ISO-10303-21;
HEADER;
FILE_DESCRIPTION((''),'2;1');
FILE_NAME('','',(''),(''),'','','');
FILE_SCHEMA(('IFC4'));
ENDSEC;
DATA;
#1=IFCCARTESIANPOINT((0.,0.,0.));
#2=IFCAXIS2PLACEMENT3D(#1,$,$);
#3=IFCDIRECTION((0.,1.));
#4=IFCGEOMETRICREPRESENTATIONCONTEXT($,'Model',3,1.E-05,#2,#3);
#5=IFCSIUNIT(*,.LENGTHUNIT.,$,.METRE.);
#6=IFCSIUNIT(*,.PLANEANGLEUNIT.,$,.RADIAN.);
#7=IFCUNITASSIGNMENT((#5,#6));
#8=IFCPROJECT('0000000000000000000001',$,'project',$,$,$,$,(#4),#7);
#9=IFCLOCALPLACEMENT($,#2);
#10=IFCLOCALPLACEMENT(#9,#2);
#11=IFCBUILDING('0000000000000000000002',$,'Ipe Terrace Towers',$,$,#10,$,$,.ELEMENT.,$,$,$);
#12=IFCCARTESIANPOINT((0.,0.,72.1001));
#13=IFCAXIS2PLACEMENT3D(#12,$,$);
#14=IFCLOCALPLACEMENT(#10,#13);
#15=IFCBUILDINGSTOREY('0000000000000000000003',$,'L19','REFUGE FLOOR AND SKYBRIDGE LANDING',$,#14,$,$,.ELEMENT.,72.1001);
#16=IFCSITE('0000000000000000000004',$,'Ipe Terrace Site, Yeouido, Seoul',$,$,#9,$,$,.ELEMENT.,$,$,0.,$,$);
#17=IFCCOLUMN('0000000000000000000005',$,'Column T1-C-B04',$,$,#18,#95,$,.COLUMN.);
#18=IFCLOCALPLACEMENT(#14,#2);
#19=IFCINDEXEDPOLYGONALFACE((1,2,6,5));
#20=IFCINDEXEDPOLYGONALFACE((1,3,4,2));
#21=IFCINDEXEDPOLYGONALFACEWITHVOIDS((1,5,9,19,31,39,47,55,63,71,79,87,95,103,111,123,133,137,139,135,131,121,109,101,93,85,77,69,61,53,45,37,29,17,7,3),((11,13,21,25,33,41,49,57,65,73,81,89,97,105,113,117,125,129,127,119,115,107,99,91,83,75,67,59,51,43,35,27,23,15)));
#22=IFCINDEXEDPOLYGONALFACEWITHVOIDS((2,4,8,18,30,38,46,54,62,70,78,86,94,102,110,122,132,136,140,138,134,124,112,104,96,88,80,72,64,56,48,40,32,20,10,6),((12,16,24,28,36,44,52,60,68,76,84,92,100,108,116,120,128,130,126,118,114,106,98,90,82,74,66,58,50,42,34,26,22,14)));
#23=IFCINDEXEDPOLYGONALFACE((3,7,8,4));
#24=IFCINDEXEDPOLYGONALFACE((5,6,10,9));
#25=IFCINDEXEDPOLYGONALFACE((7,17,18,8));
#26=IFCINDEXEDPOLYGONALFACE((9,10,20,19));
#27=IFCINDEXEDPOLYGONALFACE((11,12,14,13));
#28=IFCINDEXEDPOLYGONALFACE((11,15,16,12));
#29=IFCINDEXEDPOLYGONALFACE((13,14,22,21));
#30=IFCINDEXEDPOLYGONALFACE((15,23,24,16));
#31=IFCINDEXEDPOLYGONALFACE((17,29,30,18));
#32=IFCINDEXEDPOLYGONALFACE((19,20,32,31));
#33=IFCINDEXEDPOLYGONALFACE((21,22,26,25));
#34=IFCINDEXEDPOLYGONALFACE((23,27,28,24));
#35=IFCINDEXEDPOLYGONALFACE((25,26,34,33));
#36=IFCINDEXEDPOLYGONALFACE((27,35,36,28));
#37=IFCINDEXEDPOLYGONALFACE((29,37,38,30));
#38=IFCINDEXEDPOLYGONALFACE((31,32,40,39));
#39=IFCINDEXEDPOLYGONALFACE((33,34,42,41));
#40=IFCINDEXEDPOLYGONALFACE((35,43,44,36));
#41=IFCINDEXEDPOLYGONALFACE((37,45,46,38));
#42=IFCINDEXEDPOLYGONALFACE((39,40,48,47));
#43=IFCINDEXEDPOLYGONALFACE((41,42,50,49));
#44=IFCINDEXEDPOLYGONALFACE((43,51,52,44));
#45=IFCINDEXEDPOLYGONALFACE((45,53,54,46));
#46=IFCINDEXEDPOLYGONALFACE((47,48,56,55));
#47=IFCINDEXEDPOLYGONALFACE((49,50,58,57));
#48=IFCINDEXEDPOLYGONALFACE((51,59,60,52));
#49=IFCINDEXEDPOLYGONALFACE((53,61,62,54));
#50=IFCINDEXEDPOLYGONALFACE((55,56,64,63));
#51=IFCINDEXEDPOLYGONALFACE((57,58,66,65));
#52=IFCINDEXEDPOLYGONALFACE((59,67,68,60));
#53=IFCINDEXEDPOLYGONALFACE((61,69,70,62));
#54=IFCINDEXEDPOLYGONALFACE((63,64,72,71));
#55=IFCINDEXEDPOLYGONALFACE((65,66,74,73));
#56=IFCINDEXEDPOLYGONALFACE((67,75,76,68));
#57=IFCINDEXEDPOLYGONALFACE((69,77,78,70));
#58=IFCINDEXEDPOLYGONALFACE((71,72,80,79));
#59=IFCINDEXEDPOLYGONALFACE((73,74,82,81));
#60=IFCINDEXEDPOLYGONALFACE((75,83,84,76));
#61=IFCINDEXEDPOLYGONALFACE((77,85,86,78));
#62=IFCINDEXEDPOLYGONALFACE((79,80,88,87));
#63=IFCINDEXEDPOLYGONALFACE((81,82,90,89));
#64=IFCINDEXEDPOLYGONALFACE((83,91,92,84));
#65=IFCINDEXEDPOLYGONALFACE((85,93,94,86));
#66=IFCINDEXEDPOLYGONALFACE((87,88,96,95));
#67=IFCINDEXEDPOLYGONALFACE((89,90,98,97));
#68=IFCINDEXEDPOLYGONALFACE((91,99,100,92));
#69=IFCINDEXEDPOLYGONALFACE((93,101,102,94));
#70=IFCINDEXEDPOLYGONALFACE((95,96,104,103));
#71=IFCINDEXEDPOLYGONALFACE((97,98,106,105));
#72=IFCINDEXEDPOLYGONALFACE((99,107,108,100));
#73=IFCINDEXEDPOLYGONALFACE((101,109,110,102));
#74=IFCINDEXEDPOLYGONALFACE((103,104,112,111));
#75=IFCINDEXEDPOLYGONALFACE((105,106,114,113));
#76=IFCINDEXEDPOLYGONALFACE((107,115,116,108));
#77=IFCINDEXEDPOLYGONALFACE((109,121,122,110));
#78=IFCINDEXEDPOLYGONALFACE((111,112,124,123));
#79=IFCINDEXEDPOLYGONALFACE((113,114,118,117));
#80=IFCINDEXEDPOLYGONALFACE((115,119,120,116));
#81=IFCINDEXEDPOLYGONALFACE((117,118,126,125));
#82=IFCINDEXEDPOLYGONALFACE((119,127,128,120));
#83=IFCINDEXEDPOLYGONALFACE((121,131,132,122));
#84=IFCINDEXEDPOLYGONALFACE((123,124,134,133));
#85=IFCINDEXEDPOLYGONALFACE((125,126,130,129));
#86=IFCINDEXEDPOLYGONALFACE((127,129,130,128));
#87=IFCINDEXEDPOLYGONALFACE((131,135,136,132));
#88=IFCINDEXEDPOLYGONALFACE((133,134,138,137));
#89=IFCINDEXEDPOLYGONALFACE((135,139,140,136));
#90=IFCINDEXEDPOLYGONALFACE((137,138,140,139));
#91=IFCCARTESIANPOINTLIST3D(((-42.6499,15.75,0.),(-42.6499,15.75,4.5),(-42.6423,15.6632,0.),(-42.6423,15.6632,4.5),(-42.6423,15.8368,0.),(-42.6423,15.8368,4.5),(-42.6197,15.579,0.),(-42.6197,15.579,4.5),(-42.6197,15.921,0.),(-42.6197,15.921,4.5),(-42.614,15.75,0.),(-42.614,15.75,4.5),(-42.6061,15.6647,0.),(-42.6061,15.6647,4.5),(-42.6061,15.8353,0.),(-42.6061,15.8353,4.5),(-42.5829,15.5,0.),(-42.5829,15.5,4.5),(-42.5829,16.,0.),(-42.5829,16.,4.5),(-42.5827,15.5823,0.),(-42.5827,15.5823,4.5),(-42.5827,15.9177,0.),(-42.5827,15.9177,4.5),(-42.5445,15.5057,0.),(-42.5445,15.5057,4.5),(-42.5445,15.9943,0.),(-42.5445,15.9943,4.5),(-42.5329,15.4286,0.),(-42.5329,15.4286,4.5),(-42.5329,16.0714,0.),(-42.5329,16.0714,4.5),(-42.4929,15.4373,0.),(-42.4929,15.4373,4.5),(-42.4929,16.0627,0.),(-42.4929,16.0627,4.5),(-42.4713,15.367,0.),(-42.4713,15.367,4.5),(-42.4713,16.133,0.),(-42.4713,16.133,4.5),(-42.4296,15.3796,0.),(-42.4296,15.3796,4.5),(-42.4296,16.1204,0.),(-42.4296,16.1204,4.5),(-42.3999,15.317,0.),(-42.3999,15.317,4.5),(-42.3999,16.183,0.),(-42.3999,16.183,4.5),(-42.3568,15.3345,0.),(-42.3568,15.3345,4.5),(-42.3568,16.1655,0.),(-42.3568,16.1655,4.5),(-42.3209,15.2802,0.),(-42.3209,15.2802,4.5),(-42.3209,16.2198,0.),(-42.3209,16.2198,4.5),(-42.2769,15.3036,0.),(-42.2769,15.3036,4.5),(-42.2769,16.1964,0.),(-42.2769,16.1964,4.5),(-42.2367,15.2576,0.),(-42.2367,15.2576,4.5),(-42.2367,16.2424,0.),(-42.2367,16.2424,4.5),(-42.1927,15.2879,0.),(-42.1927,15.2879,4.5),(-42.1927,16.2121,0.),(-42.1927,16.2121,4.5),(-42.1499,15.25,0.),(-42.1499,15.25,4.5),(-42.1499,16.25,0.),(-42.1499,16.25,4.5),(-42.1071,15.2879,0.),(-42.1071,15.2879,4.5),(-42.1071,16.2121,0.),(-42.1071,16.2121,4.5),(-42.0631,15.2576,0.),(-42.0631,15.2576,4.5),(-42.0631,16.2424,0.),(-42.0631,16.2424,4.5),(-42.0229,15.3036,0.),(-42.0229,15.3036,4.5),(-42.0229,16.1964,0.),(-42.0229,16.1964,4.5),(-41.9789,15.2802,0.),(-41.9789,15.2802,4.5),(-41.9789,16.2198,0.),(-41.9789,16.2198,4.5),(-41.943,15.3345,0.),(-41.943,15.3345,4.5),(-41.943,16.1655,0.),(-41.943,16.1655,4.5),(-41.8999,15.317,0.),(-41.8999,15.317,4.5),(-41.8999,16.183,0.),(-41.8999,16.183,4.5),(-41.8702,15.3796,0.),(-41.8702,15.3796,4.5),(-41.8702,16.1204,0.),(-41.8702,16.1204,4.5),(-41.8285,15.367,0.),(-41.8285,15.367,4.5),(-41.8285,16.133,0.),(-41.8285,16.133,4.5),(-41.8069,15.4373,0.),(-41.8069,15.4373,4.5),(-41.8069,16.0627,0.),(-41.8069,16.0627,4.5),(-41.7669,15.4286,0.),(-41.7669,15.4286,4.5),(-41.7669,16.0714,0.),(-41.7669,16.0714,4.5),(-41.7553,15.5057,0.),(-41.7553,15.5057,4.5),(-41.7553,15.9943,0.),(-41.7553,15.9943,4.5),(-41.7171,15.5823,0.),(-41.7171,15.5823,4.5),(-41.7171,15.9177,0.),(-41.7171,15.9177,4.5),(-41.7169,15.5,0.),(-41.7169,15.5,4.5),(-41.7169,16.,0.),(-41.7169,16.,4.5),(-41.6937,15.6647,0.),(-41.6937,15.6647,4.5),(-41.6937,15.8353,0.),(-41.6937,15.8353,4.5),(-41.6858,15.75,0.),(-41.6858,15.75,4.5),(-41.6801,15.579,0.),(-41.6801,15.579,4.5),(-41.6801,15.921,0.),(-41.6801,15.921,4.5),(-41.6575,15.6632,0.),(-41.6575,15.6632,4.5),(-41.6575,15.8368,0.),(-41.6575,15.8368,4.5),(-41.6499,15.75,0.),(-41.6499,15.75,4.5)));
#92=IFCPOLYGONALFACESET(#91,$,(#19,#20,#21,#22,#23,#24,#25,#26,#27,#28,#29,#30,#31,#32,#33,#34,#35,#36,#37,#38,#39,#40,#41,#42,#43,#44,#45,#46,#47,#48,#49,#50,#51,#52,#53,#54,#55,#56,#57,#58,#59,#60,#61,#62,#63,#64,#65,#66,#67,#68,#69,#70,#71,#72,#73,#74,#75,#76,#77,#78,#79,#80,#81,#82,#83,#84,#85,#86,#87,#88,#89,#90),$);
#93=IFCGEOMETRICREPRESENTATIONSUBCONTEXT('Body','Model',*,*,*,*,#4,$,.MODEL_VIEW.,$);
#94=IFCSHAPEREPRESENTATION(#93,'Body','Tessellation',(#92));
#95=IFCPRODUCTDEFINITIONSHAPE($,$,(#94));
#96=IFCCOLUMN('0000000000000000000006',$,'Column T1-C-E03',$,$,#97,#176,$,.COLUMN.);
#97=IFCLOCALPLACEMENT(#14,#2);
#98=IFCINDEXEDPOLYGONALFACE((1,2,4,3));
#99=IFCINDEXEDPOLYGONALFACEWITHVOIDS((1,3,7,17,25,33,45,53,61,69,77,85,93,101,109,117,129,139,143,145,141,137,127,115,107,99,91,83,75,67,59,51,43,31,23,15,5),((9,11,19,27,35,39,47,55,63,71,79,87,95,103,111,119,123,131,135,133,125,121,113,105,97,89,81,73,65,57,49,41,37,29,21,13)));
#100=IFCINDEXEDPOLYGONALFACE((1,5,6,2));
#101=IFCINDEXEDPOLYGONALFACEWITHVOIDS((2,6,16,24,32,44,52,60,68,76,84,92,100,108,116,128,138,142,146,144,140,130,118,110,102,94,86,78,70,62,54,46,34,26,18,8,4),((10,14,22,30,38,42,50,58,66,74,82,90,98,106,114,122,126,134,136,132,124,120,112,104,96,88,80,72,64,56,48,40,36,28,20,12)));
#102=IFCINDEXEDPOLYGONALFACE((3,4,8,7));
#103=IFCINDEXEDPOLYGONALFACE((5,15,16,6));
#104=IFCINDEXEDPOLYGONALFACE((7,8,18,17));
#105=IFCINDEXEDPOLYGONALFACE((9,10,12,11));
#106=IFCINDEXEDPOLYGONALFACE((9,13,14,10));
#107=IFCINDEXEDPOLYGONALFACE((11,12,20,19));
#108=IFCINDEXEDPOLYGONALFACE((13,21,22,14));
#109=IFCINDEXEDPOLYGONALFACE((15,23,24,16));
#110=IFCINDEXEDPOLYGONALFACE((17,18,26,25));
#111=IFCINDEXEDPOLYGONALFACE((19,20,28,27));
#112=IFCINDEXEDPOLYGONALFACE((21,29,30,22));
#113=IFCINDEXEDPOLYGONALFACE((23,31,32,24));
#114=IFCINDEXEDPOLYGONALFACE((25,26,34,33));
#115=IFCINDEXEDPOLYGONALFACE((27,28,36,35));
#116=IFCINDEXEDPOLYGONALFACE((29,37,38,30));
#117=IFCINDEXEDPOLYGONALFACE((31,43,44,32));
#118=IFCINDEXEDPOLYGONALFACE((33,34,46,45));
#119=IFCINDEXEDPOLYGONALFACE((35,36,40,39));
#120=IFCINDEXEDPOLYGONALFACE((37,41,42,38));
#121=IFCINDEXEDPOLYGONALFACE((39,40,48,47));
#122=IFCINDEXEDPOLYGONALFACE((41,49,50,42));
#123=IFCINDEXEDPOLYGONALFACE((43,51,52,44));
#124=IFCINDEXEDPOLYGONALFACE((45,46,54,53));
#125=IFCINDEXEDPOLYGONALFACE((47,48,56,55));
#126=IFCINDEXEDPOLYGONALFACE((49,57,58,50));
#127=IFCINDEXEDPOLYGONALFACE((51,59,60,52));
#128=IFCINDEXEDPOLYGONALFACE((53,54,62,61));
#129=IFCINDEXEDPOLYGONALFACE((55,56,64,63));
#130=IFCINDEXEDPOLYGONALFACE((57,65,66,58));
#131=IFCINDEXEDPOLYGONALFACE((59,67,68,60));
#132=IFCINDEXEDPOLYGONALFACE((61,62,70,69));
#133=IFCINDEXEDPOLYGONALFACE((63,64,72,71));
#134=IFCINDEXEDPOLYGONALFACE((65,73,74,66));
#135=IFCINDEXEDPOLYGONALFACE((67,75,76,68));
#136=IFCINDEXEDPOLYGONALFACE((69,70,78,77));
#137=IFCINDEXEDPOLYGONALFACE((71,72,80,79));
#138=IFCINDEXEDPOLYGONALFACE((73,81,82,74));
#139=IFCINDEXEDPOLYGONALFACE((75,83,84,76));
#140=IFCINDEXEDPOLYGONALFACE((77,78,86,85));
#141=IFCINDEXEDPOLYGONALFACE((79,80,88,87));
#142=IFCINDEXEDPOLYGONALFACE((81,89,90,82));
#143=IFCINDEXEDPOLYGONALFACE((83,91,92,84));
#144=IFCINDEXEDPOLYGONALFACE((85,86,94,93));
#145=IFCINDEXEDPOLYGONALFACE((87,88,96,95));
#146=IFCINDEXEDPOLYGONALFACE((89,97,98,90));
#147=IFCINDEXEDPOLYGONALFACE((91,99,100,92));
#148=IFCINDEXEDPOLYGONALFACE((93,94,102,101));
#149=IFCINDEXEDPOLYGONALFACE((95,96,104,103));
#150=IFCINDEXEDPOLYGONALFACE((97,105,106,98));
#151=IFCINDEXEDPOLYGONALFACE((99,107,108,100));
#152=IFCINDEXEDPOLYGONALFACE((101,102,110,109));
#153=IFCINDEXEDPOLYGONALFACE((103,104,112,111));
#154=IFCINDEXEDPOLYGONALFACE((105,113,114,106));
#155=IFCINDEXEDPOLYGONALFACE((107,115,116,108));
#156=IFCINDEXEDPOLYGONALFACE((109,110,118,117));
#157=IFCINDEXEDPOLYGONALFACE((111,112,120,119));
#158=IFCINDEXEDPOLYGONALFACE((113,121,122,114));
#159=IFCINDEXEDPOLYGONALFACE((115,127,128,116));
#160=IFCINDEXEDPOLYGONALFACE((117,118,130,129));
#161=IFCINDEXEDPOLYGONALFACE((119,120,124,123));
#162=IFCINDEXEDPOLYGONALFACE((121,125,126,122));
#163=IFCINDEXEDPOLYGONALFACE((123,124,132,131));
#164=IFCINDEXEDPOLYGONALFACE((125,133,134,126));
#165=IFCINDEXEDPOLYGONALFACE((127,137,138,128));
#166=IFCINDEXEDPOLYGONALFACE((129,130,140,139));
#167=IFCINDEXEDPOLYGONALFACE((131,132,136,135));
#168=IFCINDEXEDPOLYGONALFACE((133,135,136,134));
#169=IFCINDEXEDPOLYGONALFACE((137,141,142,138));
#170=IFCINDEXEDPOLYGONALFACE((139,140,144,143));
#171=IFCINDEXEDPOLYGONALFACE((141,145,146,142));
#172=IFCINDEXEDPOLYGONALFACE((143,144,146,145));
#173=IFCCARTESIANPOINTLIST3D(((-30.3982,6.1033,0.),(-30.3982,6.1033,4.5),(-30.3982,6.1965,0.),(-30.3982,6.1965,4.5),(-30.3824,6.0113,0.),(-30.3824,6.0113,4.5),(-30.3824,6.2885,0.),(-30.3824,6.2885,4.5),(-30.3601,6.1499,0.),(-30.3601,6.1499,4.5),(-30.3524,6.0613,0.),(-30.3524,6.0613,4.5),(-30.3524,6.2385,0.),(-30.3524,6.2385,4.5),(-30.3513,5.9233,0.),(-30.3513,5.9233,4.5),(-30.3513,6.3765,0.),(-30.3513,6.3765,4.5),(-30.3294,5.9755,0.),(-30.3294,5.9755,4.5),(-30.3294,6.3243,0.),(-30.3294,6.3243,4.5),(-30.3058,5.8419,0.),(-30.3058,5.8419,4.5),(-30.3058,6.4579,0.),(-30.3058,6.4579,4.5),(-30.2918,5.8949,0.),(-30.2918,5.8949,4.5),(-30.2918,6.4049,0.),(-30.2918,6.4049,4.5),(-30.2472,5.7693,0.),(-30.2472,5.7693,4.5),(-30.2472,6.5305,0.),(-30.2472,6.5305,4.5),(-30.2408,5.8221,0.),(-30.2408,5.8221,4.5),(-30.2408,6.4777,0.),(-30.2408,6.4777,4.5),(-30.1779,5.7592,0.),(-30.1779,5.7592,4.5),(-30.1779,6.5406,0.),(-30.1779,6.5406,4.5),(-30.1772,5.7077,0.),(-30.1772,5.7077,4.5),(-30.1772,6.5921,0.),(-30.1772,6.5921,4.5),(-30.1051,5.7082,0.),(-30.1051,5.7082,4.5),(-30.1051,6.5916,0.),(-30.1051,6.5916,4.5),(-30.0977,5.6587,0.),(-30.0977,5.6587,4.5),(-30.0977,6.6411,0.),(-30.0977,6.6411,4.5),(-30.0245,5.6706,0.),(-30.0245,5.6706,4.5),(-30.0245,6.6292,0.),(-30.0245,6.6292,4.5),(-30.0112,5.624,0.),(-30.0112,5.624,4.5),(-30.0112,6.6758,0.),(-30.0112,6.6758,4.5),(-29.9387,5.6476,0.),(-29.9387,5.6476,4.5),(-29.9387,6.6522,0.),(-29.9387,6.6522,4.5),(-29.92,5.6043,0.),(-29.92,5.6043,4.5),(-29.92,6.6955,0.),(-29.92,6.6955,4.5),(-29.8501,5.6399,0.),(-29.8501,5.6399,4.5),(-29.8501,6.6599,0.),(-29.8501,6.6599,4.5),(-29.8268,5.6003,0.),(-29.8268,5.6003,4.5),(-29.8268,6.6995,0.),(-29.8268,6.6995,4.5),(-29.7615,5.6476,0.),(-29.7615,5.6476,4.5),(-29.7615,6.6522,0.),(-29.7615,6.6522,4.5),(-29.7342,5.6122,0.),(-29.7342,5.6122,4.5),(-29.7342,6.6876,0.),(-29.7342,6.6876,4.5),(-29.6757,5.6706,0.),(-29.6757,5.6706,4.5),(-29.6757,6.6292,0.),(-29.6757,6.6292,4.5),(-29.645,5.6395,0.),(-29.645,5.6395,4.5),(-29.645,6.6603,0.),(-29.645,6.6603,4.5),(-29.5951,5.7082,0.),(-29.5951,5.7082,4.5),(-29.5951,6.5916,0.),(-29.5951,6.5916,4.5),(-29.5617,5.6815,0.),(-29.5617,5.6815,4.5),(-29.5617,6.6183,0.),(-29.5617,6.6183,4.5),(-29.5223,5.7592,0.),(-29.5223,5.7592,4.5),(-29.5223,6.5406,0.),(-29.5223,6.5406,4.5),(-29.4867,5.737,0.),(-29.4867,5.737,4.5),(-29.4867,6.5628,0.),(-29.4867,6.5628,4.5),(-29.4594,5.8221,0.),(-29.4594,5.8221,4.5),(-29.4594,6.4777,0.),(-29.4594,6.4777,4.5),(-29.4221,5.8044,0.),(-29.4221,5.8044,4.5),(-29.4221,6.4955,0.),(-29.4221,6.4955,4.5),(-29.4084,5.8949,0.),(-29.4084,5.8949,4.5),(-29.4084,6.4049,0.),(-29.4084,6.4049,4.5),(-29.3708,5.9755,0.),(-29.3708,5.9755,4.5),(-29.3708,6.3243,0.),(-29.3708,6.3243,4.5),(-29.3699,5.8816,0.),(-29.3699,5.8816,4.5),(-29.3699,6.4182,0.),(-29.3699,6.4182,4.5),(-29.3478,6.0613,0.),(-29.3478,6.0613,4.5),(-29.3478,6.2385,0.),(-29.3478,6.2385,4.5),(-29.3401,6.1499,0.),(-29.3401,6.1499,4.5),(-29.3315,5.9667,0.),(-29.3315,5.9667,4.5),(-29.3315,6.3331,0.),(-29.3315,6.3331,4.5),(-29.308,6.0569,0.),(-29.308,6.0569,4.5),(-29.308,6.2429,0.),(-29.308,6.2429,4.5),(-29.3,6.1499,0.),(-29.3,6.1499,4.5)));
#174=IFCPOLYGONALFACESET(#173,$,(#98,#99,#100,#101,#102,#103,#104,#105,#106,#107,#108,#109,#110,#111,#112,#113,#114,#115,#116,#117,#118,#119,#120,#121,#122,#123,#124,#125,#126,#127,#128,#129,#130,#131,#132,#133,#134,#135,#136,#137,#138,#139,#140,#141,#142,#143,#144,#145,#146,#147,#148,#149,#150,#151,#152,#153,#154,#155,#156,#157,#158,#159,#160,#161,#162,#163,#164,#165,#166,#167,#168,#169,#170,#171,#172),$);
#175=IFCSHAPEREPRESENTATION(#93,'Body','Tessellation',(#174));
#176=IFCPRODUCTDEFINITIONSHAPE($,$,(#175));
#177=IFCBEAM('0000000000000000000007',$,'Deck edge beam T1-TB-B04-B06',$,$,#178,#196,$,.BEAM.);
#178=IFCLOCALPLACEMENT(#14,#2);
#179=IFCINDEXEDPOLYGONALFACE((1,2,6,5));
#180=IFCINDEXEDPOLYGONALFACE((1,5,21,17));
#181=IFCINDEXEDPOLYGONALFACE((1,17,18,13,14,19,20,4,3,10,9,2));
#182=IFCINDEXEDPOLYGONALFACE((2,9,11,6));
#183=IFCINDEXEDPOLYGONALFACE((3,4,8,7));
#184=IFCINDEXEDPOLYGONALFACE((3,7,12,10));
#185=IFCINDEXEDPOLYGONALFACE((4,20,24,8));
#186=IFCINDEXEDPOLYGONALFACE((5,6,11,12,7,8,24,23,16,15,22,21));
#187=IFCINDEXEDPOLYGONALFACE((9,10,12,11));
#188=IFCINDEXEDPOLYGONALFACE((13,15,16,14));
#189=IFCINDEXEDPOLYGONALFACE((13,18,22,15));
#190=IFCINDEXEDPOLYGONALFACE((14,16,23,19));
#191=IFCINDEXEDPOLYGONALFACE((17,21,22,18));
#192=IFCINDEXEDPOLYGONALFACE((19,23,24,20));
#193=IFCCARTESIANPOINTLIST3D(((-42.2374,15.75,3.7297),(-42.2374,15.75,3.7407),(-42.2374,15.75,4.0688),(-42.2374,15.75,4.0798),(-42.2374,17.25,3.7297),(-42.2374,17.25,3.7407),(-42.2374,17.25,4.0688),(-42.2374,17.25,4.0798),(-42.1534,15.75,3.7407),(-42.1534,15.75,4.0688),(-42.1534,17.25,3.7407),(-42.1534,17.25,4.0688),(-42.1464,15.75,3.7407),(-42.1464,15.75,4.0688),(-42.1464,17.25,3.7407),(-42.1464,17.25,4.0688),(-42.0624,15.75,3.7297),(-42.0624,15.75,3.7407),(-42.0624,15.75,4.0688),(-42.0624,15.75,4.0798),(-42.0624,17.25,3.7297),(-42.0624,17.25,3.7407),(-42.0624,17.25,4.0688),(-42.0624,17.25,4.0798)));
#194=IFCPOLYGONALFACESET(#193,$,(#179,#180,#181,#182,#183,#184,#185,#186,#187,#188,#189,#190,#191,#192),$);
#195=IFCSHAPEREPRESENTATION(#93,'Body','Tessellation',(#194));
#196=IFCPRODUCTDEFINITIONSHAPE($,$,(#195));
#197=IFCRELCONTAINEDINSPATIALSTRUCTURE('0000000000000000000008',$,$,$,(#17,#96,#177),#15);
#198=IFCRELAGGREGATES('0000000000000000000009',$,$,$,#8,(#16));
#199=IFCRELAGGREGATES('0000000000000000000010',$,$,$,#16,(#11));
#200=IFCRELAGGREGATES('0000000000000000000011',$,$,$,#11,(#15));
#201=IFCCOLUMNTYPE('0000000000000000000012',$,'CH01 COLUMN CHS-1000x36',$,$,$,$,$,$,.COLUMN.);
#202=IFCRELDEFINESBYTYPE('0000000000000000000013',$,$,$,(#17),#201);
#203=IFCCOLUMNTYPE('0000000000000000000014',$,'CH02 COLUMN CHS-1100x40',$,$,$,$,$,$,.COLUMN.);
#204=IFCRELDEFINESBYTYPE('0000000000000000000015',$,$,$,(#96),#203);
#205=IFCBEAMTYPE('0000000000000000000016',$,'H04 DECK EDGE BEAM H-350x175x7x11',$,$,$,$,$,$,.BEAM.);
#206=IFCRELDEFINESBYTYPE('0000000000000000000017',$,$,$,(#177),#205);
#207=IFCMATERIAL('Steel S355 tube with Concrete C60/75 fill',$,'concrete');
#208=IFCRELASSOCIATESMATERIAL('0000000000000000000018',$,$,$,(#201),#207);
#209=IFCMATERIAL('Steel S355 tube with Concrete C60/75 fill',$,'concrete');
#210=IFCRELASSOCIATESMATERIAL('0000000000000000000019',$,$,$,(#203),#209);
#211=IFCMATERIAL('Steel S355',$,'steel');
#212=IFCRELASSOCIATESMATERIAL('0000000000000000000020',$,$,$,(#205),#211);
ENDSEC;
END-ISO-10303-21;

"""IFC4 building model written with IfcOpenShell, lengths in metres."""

from ifc_helpers import new_model, si_unit, direction, frame, origin, origin_2d, place, context, subcontext, project, spatial, hollow_circle, i_section, extrude, material, material_profile, profile_set, type_object, element, save


model = new_model("IFC4")

# Units and contexts
model_context = context("Model", 3, precision=1e-05, world=origin(), true_north=direction((0.0, 1.0)))
body_context = subcontext(model_context, "Body", "Model", "MODEL_VIEW")
ifc_project = project(units=[si_unit("LENGTHUNIT", "METRE"), si_unit("PLANEANGLEUNIT", "RADIAN")], contexts=[model_context])

# Site, building, storey
site_placement = place(None, origin())
site = spatial("IfcSite", under=ifc_project, at=site_placement, Name="Ipe Terrace Site, Yeouido, Seoul", CompositionType="ELEMENT", RefElevation=0.0)
building_placement = place(site_placement, origin())
building = spatial("IfcBuilding", under=site, at=building_placement, Name="Ipe Terrace Towers", CompositionType="ELEMENT")
storey_placement = place(building_placement, frame((0.0, 0.0, 72.1001)))
storey = spatial("IfcBuildingStorey", under=building, at=storey_placement, Name="L19", Description="REFUGE FLOOR AND SKYBRIDGE LANDING", CompositionType="ELEMENT", Elevation=72.1001)

# Columns
ifc_material_1 = material(Name="Steel S355 tube with Concrete C60/75 fill", Category="concrete")
ifc_material_profile_1 = material_profile(ifc_material_1, hollow_circle(Radius=0.5, WallThickness=0.0359, at=origin_2d()), Name="CHS-1000x36")
ifc_profile_set_1 = profile_set([ifc_material_profile_1], Name="Steel S355 tube with Concrete C60/75 fill")
column_type_1 = type_object("IfcColumnType", Name="CH01 COLUMN CHS-1000x36", PredefinedType="COLUMN", material=ifc_profile_set_1)
column_1_placement = place(storey_placement, frame((-42.1499, 15.75, 0.0), z_axis=(0.0, 0.0, 1.0), x_axis=(1.0, 0.0, 0.0)))
element("IfcColumn", 1, at=column_1_placement, inside=storey, type_object=column_type_1, Name="Column T1-C-B04", PredefinedType="COLUMN", context=body_context, shape_type="SweptSolid", body=[
    extrude(hollow_circle(Radius=0.5, WallThickness=0.0359, at=origin_2d()), origin(), (0.0, 0.0, 1.0), 4.5),
])
ifc_material_2 = material(Name="Steel S355 tube with Concrete C60/75 fill", Category="concrete")
ifc_material_profile_2 = material_profile(ifc_material_2, hollow_circle(Radius=0.55, WallThickness=0.04, at=origin_2d()), Name="CHS-1100x40")
ifc_profile_set_2 = profile_set([ifc_material_profile_2], Name="Steel S355 tube with Concrete C60/75 fill")
column_type_2 = type_object("IfcColumnType", Name="CH02 COLUMN CHS-1100x40", PredefinedType="COLUMN", material=ifc_profile_set_2)
column_2_placement = place(storey_placement, frame((-29.8501, 6.1499, 0.0), z_axis=(0.0, 0.0, 1.0), x_axis=(1.0, 0.0, 0.0)))
element("IfcColumn", 2, at=column_2_placement, inside=storey, type_object=column_type_2, Name="Column T1-C-E03", PredefinedType="COLUMN", context=body_context, shape_type="SweptSolid", body=[
    extrude(hollow_circle(Radius=0.55, WallThickness=0.04, at=origin_2d()), origin(), (0.0, 0.0, 1.0), 4.5),
])

# Beam
ifc_material_3 = material(Name="Steel S355", Category="steel")
ifc_material_profile_3 = material_profile(ifc_material_3, i_section(OverallWidth=0.175, OverallDepth=0.3501, WebThickness=0.0071, FlangeThickness=0.011, at=origin_2d()), Name="H-350x175x7x11")
ifc_profile_set_3 = profile_set([ifc_material_profile_3], Name="Steel S355")
beam_type_1 = type_object("IfcBeamType", Name="H04 DECK EDGE BEAM H-350x175x7x11", PredefinedType="BEAM", material=ifc_profile_set_3)
beam_1_placement = place(storey_placement, frame((-42.1499, 15.75, 3.9048), z_axis=(0.0, 1.0, 0.0), x_axis=(-1.0, 0.0, 0.0)))
element("IfcBeam", 3, at=beam_1_placement, inside=storey, type_object=beam_type_1, Name="Deck edge beam T1-TB-B04-B06", PredefinedType="BEAM", context=body_context, shape_type="SweptSolid", body=[
    extrude(i_section(OverallWidth=0.175, OverallDepth=0.3501, WebThickness=0.0071, FlangeThickness=0.011, at=origin_2d()), origin(), (0.0, 0.0, 1.0), 1.5),
])

save(model, "model.ifc")
